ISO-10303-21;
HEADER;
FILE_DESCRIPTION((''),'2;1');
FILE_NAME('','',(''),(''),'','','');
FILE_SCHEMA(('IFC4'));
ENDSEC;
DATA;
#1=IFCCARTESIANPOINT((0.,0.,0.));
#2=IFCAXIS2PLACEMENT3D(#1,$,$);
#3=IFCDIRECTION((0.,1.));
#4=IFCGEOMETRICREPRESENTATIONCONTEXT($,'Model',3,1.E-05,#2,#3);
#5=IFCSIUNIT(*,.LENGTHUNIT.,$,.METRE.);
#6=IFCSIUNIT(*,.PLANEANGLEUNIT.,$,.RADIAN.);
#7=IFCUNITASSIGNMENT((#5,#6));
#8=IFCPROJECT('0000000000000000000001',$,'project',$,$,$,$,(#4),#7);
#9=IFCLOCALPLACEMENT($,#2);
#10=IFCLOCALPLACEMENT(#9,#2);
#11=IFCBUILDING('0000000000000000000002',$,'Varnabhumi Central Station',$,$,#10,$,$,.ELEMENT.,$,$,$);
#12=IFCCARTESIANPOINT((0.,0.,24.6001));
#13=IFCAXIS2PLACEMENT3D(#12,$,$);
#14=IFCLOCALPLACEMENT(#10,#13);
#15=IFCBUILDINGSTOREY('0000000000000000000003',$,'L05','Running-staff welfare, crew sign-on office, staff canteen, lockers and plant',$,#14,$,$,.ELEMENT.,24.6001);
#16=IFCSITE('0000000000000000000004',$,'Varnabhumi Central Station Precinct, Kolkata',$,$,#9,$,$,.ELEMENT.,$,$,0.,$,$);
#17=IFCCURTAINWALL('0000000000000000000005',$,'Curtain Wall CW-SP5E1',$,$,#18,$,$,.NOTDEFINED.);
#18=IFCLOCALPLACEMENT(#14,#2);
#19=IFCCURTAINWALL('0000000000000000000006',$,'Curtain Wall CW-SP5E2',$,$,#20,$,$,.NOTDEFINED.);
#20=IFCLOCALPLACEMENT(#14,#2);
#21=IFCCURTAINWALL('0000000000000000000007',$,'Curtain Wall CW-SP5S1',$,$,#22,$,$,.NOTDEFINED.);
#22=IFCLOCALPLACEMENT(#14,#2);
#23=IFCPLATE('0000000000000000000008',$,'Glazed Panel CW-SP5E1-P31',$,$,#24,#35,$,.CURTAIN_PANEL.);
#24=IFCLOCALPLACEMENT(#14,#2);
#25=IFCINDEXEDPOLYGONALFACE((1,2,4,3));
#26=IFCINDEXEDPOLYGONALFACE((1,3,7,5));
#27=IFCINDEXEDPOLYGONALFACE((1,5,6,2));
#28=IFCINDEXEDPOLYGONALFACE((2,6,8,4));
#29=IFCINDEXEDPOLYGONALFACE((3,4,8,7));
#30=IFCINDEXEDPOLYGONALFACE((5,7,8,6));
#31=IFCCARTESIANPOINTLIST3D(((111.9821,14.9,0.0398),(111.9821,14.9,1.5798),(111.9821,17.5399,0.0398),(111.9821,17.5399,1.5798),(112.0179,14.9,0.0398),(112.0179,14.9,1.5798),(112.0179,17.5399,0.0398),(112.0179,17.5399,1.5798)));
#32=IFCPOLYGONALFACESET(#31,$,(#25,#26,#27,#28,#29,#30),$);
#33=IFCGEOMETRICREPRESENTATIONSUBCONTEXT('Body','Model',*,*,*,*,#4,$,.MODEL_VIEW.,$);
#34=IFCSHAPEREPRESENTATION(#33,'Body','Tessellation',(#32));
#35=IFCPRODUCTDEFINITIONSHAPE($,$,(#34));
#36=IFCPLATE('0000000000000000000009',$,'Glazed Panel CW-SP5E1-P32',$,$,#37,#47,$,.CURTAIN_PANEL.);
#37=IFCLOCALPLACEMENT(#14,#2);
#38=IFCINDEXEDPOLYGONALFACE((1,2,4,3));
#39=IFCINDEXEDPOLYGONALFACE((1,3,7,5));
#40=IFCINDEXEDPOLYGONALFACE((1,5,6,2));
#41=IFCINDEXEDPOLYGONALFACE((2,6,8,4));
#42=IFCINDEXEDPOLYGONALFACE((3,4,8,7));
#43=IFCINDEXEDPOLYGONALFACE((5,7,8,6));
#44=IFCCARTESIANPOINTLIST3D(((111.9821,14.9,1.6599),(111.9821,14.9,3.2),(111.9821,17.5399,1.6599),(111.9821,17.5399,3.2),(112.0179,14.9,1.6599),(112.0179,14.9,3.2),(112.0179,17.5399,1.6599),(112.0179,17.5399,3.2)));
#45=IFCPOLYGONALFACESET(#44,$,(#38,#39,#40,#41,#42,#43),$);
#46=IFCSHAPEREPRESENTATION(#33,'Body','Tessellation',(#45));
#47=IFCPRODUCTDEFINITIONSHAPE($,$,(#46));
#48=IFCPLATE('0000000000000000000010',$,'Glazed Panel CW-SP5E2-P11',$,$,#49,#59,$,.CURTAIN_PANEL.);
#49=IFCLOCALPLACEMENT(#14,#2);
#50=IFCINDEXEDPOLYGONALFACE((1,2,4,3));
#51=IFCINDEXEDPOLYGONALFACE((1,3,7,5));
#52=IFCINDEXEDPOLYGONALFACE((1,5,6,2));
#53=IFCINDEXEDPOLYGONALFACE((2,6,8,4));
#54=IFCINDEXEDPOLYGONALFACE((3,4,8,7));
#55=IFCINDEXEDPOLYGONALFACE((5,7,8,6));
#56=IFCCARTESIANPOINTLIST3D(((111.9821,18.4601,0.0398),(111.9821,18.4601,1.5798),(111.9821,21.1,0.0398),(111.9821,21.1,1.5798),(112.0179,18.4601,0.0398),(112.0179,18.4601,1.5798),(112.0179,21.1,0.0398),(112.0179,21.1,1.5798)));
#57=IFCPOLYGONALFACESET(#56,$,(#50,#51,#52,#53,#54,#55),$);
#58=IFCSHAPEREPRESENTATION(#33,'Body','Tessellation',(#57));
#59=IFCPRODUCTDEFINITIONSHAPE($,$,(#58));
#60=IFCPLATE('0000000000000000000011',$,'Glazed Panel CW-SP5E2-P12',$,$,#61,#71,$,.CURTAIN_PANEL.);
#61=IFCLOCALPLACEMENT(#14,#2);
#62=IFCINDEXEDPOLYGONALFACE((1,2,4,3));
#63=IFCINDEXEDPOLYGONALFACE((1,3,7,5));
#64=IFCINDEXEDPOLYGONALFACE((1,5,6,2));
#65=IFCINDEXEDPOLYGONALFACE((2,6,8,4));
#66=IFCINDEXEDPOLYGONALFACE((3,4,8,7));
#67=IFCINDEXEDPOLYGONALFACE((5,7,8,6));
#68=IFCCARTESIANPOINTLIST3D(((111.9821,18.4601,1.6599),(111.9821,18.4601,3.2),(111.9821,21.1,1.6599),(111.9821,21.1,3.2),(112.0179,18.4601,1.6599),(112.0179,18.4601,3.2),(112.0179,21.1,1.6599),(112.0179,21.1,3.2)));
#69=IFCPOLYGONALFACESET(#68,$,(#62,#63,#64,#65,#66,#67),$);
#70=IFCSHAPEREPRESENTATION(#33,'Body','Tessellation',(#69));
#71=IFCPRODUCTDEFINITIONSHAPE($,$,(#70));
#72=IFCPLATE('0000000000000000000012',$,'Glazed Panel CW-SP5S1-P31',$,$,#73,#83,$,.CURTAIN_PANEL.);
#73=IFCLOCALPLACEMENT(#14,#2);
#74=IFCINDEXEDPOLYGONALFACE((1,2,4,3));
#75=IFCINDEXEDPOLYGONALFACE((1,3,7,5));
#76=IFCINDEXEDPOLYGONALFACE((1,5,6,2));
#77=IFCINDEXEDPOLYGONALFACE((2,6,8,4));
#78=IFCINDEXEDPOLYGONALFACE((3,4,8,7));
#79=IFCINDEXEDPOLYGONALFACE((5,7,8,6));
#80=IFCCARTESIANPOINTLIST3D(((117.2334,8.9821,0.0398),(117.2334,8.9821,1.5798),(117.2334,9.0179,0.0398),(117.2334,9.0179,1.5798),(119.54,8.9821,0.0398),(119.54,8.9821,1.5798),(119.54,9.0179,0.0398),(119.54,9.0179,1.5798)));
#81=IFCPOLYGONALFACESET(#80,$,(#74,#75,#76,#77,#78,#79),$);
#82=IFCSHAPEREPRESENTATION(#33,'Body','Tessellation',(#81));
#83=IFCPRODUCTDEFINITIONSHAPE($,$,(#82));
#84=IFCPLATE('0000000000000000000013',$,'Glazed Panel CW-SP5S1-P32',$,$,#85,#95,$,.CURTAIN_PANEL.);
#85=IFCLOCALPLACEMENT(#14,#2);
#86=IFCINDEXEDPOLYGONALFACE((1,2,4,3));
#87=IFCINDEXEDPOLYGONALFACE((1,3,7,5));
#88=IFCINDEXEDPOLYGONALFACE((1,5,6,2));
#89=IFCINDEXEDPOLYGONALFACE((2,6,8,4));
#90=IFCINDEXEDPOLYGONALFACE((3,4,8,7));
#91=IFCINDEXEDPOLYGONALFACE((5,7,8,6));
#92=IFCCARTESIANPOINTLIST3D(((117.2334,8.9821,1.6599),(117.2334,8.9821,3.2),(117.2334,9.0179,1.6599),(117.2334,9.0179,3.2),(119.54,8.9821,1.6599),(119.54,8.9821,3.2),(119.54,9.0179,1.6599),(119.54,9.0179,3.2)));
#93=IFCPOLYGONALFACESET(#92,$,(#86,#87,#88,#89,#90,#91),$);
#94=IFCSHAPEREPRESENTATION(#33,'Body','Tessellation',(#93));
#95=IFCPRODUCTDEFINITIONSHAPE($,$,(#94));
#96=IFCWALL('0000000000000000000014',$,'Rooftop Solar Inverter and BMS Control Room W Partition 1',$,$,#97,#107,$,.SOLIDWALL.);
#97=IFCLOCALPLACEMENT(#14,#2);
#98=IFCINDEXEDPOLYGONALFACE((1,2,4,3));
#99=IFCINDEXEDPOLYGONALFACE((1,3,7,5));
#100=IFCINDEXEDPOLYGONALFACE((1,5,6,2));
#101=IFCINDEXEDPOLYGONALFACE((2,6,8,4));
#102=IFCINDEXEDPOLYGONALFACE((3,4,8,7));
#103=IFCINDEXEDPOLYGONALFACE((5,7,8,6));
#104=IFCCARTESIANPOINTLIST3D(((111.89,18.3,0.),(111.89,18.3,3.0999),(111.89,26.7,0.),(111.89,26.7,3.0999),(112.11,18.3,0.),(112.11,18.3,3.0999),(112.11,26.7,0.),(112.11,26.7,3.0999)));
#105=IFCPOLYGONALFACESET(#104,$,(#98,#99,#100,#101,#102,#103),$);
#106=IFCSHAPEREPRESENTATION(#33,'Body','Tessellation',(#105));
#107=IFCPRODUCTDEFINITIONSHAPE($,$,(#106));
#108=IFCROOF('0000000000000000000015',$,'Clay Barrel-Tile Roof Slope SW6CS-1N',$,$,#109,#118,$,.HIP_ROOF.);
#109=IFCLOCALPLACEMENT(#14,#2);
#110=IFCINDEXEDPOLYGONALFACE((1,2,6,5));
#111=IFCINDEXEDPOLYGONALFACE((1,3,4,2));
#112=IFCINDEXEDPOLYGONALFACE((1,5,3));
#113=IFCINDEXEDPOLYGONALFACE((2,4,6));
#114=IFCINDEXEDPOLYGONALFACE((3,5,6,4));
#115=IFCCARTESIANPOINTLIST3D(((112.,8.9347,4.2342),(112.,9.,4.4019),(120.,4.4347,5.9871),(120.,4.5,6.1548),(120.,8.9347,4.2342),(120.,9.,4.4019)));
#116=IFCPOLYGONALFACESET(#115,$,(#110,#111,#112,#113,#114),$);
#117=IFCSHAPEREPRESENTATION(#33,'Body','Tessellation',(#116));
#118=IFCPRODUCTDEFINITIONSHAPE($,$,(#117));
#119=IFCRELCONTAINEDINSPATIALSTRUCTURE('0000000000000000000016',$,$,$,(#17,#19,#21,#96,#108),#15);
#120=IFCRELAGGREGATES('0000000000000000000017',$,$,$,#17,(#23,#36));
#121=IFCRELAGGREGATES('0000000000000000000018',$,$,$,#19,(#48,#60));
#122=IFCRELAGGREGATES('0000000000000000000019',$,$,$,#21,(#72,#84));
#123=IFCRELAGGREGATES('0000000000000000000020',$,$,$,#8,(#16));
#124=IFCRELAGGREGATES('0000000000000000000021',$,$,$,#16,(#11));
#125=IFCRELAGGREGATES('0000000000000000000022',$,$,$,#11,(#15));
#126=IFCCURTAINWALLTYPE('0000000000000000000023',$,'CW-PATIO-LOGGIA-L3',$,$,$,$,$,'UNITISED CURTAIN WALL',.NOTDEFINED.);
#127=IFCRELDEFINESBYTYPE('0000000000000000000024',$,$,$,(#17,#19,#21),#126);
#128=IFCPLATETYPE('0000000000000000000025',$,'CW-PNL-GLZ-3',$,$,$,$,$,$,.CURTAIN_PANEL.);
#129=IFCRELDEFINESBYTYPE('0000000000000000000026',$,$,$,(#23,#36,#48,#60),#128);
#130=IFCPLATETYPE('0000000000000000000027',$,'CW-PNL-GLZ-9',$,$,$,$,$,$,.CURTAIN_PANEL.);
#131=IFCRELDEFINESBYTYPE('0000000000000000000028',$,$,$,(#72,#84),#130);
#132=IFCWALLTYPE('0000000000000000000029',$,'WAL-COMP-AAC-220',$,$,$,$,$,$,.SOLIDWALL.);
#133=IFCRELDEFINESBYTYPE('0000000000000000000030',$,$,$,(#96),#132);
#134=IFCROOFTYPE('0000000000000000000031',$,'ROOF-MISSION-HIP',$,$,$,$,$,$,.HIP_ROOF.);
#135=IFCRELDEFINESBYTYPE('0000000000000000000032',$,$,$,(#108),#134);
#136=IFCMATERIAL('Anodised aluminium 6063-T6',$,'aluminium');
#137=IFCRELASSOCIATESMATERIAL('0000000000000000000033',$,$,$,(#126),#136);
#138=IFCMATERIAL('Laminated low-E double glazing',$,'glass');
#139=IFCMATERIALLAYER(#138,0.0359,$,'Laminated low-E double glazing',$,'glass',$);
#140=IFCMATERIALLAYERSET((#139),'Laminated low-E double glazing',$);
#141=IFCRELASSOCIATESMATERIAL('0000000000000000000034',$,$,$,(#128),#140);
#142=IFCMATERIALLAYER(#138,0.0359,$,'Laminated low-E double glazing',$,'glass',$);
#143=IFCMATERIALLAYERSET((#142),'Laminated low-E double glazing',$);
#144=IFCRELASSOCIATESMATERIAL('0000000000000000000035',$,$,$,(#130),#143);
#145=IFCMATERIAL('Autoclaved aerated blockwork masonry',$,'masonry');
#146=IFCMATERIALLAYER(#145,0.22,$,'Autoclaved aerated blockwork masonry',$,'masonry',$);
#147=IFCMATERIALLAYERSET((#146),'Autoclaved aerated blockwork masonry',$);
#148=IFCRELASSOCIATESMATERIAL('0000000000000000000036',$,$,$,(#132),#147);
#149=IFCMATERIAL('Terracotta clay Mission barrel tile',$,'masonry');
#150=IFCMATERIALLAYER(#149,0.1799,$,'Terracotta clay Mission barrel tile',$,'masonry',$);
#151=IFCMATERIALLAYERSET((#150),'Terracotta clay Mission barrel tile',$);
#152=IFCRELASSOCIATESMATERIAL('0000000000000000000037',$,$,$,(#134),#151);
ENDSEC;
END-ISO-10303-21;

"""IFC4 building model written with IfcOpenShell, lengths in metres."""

from ifc_helpers import new_model, si_unit, direction, frame, frame_2d, origin, origin_2d, place, context, subcontext, project, spatial, polyline, rectangle, outline, extrude, material, layer, layer_set, type_object, element, aggregate, save


model = new_model("IFC4")

# Units and contexts
model_context = context("Model", 3, precision=1e-05, world=origin(), true_north=direction((0.0, 1.0)))
body_context = subcontext(model_context, "Body", "Model", "MODEL_VIEW")
ifc_project = project(units=[si_unit("LENGTHUNIT", "METRE"), si_unit("PLANEANGLEUNIT", "RADIAN")], contexts=[model_context])

# Site, building, storey
site_placement = place(None, origin())
site = spatial("IfcSite", under=ifc_project, at=site_placement, Name="Varnabhumi Central Station Precinct, Kolkata", CompositionType="ELEMENT", RefElevation=0.0)
building_placement = place(site_placement, origin())
building = spatial("IfcBuilding", under=site, at=building_placement, Name="Varnabhumi Central Station", CompositionType="ELEMENT")
storey_placement = place(building_placement, frame((0.0, 0.0, 24.6001)))
storey = spatial("IfcBuildingStorey", under=building, at=storey_placement, Name="L05", Description="Running-staff welfare, crew sign-on office, staff canteen, lockers and plant", CompositionType="ELEMENT", Elevation=24.6001)

# Curtain walls
ifc_material_1 = material(Name="Anodised aluminium 6063-T6", Category="aluminium")
curtain_wall_type = type_object("IfcCurtainWallType", Name="CW-PATIO-LOGGIA-L3", ElementType="UNITISED CURTAIN WALL", PredefinedType="NOTDEFINED", material=ifc_material_1)
curtain_wall_1_placement = place(storey_placement, origin())
curtain_wall_1 = element("IfcCurtainWall", 1, at=curtain_wall_1_placement, inside=storey, type_object=curtain_wall_type, Name="Curtain Wall CW-SP5E1", PredefinedType="NOTDEFINED")
curtain_wall_2_placement = place(storey_placement, origin())
curtain_wall_2 = element("IfcCurtainWall", 2, at=curtain_wall_2_placement, inside=storey, type_object=curtain_wall_type, Name="Curtain Wall CW-SP5E2", PredefinedType="NOTDEFINED")
curtain_wall_3_placement = place(storey_placement, origin())
curtain_wall_3 = element("IfcCurtainWall", 3, at=curtain_wall_3_placement, inside=storey, type_object=curtain_wall_type, Name="Curtain Wall CW-SP5S1", PredefinedType="NOTDEFINED")

# Plates
ifc_material_2 = material(Name="Laminated low-E double glazing", Category="glass")
ifc_layer_1 = layer(ifc_material_2, 0.0359, Name="Laminated low-E double glazing", Category="glass")
ifc_layer_set_1 = layer_set([ifc_layer_1], Name="Laminated low-E double glazing")
plate_type_1 = type_object("IfcPlateType", Name="CW-PNL-GLZ-3", PredefinedType="CURTAIN_PANEL", material=ifc_layer_set_1)
plate_1_placement = place(storey_placement, frame((112.0, 16.22, 0.0398), z_axis=(0.0, 0.0, 1.0), x_axis=(0.0, 1.0, 0.0)))
plate_1 = element("IfcPlate", 4, at=plate_1_placement, type_object=plate_type_1, Name="Glazed Panel CW-SP5E1-P31", PredefinedType="CURTAIN_PANEL", context=body_context, shape_type="SweptSolid", body=[
    extrude(rectangle(XDim=2.6399, YDim=0.0359, at=origin_2d()), origin(), (0.0, 0.0, 1.0), 1.54),
])
plate_2_placement = place(storey_placement, frame((112.0, 16.22, 1.6599), z_axis=(0.0, 0.0, 1.0), x_axis=(0.0, 1.0, 0.0)))
plate_2 = element("IfcPlate", 5, at=plate_2_placement, type_object=plate_type_1, Name="Glazed Panel CW-SP5E1-P32", PredefinedType="CURTAIN_PANEL", context=body_context, shape_type="SweptSolid", body=[
    extrude(rectangle(XDim=2.6399, YDim=0.0359, at=origin_2d()), origin(), (0.0, 0.0, 1.0), 1.54),
])
aggregate(curtain_wall_1, [plate_1, plate_2])
plate_3_placement = place(storey_placement, frame((112.0, 19.78, 0.0398), z_axis=(0.0, 0.0, 1.0), x_axis=(0.0, 1.0, 0.0)))
plate_3 = element("IfcPlate", 6, at=plate_3_placement, type_object=plate_type_1, Name="Glazed Panel CW-SP5E2-P11", PredefinedType="CURTAIN_PANEL", context=body_context, shape_type="SweptSolid", body=[
    extrude(rectangle(XDim=2.6399, YDim=0.0359, at=origin_2d()), origin(), (0.0, 0.0, 1.0), 1.54),
])
plate_4_placement = place(storey_placement, frame((112.0, 19.78, 1.6599), z_axis=(0.0, 0.0, 1.0), x_axis=(0.0, 1.0, 0.0)))
plate_4 = element("IfcPlate", 7, at=plate_4_placement, type_object=plate_type_1, Name="Glazed Panel CW-SP5E2-P12", PredefinedType="CURTAIN_PANEL", context=body_context, shape_type="SweptSolid", body=[
    extrude(rectangle(XDim=2.6399, YDim=0.0359, at=origin_2d()), origin(), (0.0, 0.0, 1.0), 1.54),
])
aggregate(curtain_wall_2, [plate_3, plate_4])
ifc_layer_2 = layer(ifc_material_2, 0.0359, Name="Laminated low-E double glazing", Category="glass")
ifc_layer_set_2 = layer_set([ifc_layer_2], Name="Laminated low-E double glazing")
plate_type_2 = type_object("IfcPlateType", Name="CW-PNL-GLZ-9", PredefinedType="CURTAIN_PANEL", material=ifc_layer_set_2)
plate_5_placement = place(storey_placement, frame((118.3867, 9.0, 0.0398), z_axis=(0.0, 0.0, 1.0), x_axis=(1.0, 0.0, 0.0)))
plate_5 = element("IfcPlate", 8, at=plate_5_placement, type_object=plate_type_2, Name="Glazed Panel CW-SP5S1-P31", PredefinedType="CURTAIN_PANEL", context=body_context, shape_type="SweptSolid", body=[
    extrude(rectangle(XDim=2.3066, YDim=0.0359, at=origin_2d()), origin(), (0.0, 0.0, 1.0), 1.54),
])
plate_6_placement = place(storey_placement, frame((118.3867, 9.0, 1.6599), z_axis=(0.0, 0.0, 1.0), x_axis=(1.0, 0.0, 0.0)))
plate_6 = element("IfcPlate", 9, at=plate_6_placement, type_object=plate_type_2, Name="Glazed Panel CW-SP5S1-P32", PredefinedType="CURTAIN_PANEL", context=body_context, shape_type="SweptSolid", body=[
    extrude(rectangle(XDim=2.3066, YDim=0.0359, at=origin_2d()), origin(), (0.0, 0.0, 1.0), 1.54),
])
aggregate(curtain_wall_3, [plate_5, plate_6])

# Wall
ifc_material_3 = material(Name="Autoclaved aerated blockwork masonry", Category="masonry")
ifc_layer_3 = layer(ifc_material_3, 0.22, Name="Autoclaved aerated blockwork masonry", Category="masonry")
ifc_layer_set_3 = layer_set([ifc_layer_3], Name="Autoclaved aerated blockwork masonry")
wall_type = type_object("IfcWallType", Name="WAL-COMP-AAC-220", PredefinedType="SOLIDWALL", material=ifc_layer_set_3)
wall_placement = place(storey_placement, frame((112.0, 18.3, 0.0), z_axis=(0.0, 0.0, 1.0), x_axis=(0.0, 1.0, 0.0)))
element("IfcWall", 10, at=wall_placement, inside=storey, type_object=wall_type, Name="Rooftop Solar Inverter and BMS Control Room W Partition 1", PredefinedType="SOLIDWALL", context=body_context, shape_type="SweptSolid", body=[
    extrude(rectangle(XDim=8.3999, YDim=0.22, at=frame_2d((4.2, 0.0))), origin(), (0.0, 0.0, 1.0), 3.0999),
])

# Roof
ifc_material_4 = material(Name="Terracotta clay Mission barrel tile", Category="masonry")
ifc_layer_4 = layer(ifc_material_4, 0.1799, Name="Terracotta clay Mission barrel tile", Category="masonry")
ifc_layer_set_4 = layer_set([ifc_layer_4], Name="Terracotta clay Mission barrel tile")
roof_type = type_object("IfcRoofType", Name="ROOF-MISSION-HIP", PredefinedType="HIP_ROOF", material=ifc_layer_set_4)
roof_placement = place(storey_placement, frame((120.0, 9.0, 4.4019), z_axis=(0.0, 0.362973, 0.9318), x_axis=(-1.0, 0.0, 0.0)))
element("IfcRoof", 11, at=roof_placement, inside=storey, type_object=roof_type, Name="Clay Barrel-Tile Roof Slope SW6CS-1N", PredefinedType="HIP_ROOF", context=body_context, shape_type="SweptSolid", body=[
    extrude(outline(polyline([(0.0, 0.0), (8.0, 0.0), (0.0, 4.8294), (0.0, 0.0)])), origin(), (0.0, 0.0, -1.0), 0.1799),
])

save(model, "model.ifc")
